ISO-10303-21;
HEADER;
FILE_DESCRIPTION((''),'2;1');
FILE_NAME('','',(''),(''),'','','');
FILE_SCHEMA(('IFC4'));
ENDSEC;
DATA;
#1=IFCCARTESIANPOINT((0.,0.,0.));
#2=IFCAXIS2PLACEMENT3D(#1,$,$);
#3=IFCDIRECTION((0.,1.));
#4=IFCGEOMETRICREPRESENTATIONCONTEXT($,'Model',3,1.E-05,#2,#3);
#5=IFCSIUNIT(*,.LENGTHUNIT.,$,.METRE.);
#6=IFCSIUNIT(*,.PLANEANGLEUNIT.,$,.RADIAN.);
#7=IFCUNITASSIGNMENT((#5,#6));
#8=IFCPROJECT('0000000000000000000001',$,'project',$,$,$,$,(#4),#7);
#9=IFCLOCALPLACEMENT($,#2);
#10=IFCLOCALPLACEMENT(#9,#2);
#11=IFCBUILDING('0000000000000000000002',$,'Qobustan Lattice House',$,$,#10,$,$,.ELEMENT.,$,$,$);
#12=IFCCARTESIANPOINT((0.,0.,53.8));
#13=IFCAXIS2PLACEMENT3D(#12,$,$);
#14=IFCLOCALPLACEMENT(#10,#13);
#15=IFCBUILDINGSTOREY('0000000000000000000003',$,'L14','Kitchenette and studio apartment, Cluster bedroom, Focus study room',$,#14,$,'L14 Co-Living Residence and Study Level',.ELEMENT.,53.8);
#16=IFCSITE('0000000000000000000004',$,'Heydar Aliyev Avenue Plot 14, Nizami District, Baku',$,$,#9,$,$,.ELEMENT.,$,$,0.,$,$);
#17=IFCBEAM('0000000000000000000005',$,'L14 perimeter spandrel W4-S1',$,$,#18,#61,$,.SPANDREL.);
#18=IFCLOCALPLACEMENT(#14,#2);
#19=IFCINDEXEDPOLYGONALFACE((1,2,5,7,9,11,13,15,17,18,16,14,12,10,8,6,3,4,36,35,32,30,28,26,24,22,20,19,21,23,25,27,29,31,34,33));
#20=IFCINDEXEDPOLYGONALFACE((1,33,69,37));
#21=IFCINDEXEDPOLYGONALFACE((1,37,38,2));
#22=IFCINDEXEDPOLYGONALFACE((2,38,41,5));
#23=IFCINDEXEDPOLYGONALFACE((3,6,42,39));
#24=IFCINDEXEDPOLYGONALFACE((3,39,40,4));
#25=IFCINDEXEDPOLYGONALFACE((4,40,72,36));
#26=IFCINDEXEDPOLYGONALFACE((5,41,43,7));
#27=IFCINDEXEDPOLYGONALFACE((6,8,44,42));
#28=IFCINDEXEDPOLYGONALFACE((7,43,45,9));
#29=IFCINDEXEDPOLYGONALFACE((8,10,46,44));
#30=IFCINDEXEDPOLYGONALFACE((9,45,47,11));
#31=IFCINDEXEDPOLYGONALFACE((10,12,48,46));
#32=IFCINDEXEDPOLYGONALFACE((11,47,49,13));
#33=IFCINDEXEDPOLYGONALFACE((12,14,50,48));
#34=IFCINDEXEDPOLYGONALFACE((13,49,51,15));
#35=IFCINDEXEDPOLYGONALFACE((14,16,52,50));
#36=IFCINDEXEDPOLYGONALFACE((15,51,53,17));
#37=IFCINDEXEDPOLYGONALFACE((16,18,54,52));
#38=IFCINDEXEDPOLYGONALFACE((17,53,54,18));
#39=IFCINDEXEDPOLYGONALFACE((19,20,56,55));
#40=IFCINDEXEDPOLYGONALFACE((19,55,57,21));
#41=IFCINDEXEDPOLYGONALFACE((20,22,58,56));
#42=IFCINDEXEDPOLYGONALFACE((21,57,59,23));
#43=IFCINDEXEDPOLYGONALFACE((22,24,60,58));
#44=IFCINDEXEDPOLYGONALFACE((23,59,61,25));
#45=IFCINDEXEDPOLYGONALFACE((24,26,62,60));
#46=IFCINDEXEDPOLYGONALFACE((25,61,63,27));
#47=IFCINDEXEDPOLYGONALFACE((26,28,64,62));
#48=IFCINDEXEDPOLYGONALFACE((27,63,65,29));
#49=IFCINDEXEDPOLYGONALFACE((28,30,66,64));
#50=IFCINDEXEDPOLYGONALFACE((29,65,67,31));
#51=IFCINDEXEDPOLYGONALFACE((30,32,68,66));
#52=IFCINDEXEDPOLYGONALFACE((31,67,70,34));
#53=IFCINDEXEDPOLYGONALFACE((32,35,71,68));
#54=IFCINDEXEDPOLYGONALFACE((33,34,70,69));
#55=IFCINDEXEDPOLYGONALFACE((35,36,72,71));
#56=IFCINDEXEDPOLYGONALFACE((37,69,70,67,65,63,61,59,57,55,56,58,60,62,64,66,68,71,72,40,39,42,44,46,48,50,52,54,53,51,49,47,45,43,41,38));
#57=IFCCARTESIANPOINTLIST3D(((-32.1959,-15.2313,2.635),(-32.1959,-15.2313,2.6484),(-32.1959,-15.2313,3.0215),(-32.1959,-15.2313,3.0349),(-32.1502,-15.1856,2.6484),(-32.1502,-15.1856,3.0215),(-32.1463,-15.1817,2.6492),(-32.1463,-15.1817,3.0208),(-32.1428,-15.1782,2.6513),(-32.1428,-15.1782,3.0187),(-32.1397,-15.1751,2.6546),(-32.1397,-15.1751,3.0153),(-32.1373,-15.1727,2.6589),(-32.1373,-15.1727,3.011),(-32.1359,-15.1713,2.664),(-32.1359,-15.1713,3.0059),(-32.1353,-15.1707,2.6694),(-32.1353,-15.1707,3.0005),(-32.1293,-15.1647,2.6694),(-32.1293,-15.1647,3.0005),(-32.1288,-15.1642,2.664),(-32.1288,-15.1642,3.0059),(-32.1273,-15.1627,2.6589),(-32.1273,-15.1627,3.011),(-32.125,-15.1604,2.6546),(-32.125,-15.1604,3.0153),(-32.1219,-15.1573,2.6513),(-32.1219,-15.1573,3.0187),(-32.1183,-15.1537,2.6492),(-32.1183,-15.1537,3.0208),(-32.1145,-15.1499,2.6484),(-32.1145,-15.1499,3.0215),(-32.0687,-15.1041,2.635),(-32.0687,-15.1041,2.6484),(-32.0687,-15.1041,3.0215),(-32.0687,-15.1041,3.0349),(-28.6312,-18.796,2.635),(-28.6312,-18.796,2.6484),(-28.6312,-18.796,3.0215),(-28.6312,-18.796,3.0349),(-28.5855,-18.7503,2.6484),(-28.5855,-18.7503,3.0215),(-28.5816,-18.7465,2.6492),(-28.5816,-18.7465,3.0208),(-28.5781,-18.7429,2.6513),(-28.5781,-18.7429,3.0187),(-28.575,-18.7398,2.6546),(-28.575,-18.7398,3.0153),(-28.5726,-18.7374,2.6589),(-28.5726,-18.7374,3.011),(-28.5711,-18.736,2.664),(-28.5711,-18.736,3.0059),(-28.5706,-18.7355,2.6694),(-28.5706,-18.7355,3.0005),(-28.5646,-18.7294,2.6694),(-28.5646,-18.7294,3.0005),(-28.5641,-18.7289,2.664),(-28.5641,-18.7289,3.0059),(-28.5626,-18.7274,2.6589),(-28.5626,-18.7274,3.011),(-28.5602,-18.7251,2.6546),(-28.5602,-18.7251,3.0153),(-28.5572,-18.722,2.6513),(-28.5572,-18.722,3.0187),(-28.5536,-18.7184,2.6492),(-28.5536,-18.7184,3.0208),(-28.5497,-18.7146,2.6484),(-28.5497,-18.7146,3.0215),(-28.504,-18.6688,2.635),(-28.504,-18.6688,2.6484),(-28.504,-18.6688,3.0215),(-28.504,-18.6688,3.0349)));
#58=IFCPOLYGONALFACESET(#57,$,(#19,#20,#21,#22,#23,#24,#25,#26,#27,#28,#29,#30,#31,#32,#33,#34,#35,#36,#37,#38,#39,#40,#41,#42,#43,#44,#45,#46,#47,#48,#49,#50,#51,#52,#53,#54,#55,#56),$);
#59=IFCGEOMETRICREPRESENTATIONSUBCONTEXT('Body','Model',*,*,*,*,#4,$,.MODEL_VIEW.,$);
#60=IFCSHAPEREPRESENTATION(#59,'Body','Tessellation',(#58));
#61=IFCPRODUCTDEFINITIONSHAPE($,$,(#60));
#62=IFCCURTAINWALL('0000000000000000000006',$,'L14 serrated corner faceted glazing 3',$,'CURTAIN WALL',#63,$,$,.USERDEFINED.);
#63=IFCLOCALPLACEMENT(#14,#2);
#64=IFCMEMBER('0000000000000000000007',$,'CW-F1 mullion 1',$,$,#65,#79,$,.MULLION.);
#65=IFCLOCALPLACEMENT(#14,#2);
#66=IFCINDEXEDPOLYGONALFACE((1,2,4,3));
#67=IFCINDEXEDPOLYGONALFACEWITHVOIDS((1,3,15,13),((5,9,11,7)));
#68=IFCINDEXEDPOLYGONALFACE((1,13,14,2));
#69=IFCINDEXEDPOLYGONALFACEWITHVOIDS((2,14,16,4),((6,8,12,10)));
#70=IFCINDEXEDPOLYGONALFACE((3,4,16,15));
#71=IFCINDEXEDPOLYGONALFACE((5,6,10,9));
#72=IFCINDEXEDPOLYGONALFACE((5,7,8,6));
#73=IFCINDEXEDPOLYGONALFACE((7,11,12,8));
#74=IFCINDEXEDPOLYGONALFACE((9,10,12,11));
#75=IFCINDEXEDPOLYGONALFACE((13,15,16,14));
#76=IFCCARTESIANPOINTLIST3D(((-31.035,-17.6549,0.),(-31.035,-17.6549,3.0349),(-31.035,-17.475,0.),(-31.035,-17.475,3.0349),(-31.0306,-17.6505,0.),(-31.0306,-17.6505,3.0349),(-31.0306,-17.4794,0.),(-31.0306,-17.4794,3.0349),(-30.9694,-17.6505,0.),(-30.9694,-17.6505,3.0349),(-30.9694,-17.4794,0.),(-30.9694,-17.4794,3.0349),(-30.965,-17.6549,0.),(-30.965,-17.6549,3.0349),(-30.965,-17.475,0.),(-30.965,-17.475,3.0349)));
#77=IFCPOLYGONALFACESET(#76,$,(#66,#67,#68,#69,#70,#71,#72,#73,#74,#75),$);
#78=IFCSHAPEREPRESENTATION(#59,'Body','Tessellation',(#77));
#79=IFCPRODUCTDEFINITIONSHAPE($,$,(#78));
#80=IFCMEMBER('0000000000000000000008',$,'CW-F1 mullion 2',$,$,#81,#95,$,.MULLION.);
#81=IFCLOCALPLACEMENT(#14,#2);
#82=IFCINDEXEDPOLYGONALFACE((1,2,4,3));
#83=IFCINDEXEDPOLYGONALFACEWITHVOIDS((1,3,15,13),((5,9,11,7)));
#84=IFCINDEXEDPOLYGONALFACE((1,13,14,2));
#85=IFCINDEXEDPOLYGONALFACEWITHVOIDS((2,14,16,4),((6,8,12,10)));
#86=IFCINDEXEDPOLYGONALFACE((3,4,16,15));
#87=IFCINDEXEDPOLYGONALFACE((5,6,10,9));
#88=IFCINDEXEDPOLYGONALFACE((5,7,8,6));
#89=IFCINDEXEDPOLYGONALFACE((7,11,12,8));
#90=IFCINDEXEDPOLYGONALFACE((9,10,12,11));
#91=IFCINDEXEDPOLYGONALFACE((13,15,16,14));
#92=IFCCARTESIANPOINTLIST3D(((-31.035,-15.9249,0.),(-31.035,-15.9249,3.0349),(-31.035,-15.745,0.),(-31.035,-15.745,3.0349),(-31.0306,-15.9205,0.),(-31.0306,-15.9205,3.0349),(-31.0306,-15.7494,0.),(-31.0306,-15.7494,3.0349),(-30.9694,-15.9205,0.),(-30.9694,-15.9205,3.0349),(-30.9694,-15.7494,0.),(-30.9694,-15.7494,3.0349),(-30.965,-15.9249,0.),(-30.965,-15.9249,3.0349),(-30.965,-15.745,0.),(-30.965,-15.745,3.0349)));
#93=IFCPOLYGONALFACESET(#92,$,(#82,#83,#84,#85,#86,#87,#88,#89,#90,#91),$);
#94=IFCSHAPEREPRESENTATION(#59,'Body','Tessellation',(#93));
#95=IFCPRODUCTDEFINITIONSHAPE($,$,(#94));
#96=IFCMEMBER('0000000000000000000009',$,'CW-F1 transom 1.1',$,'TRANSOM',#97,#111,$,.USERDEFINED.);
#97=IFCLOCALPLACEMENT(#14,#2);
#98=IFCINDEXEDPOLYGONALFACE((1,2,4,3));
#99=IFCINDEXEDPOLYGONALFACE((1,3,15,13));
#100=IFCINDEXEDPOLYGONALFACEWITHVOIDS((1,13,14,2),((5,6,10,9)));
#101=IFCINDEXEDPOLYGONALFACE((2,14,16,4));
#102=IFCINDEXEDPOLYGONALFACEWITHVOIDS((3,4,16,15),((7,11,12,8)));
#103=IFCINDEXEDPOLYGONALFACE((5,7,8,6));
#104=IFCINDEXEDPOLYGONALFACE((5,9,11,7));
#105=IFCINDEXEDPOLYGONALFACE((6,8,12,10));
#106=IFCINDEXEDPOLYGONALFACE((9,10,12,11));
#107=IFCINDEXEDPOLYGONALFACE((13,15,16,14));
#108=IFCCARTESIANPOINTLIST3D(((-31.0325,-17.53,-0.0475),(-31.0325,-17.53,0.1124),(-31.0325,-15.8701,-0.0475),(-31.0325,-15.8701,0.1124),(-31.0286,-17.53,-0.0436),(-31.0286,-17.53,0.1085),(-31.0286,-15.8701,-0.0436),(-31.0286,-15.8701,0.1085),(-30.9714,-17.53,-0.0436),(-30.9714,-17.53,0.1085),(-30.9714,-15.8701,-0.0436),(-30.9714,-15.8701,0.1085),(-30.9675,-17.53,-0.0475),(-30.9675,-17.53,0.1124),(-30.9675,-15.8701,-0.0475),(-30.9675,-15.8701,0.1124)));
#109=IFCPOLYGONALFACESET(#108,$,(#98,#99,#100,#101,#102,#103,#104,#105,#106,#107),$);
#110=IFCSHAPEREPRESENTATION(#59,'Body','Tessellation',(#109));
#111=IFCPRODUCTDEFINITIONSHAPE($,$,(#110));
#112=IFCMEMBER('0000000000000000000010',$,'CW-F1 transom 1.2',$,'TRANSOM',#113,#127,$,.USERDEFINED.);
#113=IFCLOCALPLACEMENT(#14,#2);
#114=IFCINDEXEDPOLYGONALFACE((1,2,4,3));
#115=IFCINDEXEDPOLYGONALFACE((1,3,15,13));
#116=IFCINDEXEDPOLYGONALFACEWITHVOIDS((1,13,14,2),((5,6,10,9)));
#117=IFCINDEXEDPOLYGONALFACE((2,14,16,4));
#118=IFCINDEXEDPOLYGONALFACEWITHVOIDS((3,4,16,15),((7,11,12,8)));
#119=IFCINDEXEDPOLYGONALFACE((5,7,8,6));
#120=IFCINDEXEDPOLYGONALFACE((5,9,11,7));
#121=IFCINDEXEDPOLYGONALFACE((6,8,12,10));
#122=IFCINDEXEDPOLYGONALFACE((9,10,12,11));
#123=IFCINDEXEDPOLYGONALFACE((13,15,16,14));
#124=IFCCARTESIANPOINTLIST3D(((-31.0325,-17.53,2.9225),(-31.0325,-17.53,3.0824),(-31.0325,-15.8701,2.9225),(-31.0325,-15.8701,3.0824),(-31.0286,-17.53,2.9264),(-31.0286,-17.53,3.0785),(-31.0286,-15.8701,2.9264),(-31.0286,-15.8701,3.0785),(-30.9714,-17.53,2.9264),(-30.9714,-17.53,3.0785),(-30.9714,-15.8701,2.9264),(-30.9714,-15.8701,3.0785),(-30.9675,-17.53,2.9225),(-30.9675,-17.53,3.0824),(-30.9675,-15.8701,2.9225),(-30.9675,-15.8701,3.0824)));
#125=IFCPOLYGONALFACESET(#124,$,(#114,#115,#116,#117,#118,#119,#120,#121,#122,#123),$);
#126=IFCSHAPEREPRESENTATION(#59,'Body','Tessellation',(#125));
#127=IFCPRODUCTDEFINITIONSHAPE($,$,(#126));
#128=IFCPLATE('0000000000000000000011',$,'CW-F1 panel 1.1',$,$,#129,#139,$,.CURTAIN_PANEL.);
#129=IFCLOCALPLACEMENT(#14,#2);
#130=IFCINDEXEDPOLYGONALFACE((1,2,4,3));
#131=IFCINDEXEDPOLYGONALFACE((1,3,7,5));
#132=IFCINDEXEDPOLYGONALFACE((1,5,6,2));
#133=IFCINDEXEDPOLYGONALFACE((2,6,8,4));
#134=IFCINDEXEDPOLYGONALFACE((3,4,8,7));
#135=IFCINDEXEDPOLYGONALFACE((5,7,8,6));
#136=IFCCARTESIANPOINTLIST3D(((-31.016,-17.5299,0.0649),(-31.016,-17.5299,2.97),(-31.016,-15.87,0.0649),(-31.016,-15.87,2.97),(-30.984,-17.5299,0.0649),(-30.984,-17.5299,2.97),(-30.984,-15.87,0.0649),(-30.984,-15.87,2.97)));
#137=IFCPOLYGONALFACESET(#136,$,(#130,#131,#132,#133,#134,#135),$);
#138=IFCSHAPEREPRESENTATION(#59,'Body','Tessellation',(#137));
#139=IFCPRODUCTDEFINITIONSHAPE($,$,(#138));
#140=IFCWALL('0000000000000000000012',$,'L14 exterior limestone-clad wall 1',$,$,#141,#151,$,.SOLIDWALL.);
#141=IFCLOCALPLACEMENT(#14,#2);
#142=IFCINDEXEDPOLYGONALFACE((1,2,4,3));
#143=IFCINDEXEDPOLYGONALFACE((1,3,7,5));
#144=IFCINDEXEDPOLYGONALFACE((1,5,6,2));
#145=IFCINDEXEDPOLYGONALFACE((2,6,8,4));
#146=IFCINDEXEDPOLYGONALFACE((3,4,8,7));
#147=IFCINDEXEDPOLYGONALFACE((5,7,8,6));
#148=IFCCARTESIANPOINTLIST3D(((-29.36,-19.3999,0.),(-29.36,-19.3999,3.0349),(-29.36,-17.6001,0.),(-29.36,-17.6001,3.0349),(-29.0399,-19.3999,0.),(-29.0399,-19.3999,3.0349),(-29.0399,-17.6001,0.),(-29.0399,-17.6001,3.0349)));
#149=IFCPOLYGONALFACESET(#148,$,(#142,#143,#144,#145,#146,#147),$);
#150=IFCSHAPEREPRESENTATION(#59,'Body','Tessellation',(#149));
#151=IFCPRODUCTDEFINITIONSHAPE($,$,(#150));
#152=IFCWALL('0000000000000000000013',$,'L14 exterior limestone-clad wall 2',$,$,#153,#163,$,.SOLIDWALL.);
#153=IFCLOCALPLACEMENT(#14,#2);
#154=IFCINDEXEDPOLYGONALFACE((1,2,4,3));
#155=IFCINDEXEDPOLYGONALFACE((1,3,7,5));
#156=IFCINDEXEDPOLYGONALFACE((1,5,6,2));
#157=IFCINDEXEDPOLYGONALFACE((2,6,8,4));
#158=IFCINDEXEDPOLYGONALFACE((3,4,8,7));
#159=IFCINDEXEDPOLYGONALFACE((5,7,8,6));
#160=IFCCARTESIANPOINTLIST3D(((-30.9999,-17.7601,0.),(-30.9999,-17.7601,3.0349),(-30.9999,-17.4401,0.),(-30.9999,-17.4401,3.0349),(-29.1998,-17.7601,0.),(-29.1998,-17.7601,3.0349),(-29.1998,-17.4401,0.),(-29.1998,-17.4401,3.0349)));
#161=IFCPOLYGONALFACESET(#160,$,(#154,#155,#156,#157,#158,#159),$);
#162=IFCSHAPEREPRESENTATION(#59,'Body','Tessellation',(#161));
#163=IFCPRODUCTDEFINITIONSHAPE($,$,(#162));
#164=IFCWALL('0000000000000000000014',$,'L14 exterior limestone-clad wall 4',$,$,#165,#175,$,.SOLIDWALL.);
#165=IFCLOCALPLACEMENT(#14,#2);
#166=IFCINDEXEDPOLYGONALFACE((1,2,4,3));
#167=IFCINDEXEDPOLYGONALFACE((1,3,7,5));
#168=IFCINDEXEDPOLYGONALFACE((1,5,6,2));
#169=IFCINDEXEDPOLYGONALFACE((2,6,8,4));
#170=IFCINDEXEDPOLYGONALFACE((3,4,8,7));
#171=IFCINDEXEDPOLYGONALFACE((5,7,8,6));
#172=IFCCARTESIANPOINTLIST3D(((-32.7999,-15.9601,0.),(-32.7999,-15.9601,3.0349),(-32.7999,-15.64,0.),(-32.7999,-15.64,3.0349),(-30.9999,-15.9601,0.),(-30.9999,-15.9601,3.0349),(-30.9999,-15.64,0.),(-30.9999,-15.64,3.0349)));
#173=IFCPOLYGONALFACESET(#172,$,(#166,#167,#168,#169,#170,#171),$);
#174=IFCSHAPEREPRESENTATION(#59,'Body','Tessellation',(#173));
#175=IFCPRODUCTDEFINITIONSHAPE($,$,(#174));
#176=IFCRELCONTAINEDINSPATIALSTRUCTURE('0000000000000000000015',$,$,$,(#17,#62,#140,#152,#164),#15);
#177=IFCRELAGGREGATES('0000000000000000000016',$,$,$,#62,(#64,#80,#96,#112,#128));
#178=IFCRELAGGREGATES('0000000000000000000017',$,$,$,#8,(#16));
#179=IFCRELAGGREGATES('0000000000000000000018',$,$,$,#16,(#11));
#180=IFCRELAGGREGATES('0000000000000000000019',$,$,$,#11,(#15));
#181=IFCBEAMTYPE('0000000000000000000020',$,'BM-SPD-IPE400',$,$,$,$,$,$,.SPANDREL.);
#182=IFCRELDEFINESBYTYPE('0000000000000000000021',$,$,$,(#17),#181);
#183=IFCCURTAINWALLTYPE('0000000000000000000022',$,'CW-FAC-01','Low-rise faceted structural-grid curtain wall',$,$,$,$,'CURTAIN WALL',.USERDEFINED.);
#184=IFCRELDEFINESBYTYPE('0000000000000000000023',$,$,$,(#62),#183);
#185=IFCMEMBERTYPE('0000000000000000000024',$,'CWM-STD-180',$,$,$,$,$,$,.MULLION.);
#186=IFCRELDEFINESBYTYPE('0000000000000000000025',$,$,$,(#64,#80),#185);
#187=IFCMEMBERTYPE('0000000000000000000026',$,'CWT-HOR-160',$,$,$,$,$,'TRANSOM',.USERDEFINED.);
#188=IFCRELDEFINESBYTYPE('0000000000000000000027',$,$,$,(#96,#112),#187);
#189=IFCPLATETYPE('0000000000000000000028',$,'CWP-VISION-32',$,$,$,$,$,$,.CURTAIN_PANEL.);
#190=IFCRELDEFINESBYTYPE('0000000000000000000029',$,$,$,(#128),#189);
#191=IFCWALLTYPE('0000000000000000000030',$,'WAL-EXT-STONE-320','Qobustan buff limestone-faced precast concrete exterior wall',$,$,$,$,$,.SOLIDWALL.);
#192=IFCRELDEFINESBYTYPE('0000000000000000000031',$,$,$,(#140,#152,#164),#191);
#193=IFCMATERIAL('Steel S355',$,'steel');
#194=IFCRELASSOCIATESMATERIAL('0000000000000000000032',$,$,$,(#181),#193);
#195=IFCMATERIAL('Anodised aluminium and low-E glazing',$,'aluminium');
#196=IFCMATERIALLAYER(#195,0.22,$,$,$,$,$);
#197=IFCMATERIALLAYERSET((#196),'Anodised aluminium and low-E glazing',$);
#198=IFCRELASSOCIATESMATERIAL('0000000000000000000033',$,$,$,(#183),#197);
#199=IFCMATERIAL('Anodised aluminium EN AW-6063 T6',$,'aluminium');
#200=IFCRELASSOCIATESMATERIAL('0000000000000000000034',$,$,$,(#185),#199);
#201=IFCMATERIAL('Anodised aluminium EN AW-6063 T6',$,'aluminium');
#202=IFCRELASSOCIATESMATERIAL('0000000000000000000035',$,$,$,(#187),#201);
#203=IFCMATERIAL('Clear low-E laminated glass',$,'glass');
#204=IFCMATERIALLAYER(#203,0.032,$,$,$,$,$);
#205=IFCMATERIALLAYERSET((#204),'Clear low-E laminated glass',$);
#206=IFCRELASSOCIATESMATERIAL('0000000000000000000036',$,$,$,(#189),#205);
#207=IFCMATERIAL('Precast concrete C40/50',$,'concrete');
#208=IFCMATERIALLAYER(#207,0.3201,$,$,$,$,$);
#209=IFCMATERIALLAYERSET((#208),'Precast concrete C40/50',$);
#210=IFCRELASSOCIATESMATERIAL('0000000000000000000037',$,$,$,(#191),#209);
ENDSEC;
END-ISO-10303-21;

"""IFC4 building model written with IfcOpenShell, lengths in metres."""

from ifc_helpers import new_model, si_unit, direction, frame, frame_2d, origin, origin_2d, place, context, subcontext, project, spatial, rectangle, hollow_rectangle, i_section, extrude, material, layer, layer_set, material_profile, profile_set, type_object, element, aggregate, save


model = new_model("IFC4")

# Units and contexts
model_context = context("Model", 3, precision=1e-05, world=origin(), true_north=direction((0.0, 1.0)))
body_context = subcontext(model_context, "Body", "Model", "MODEL_VIEW")
ifc_project = project(units=[si_unit("LENGTHUNIT", "METRE"), si_unit("PLANEANGLEUNIT", "RADIAN")], contexts=[model_context])

# Site, building, storey
site_placement = place(None, origin())
site = spatial("IfcSite", under=ifc_project, at=site_placement, Name="Heydar Aliyev Avenue Plot 14, Nizami District, Baku", CompositionType="ELEMENT", RefElevation=0.0)
building_placement = place(site_placement, origin())
building = spatial("IfcBuilding", under=site, at=building_placement, Name="Qobustan Lattice House", CompositionType="ELEMENT")
storey_placement = place(building_placement, frame((0.0, 0.0, 53.8)))
storey = spatial("IfcBuildingStorey", under=building, at=storey_placement, Name="L14", Description="Kitchenette and studio apartment, Cluster bedroom, Focus study room", LongName="L14 Co-Living Residence and Study Level", CompositionType="ELEMENT", Elevation=53.8)

# Beam
ifc_material_1 = material(Name="Steel S355", Category="steel")
ifc_material_profile_1 = material_profile(ifc_material_1, i_section(OverallWidth=0.1799, OverallDepth=0.3999, WebThickness=0.0085, FlangeThickness=0.0134, FilletRadius=0.021, at=origin_2d()), Name="IPE400")
ifc_profile_set_1 = profile_set([ifc_material_profile_1], Name="Steel S355")
beam_type_1 = type_object("IfcBeamType", Name="BM-SPD-IPE400", PredefinedType="SPANDREL", material=ifc_profile_set_1)
beam_1_placement = place(storey_placement, frame((-32.1323, -15.1677, 2.835), z_axis=(0.707107, -0.707107, 0.0), x_axis=(0.707107, 0.707107, 0.0)))
element("IfcBeam", 1, at=beam_1_placement, inside=storey, type_object=beam_type_1, Name="L14 perimeter spandrel W4-S1", PredefinedType="SPANDREL", context=body_context, shape_type="SweptSolid", body=[
    extrude(i_section(OverallWidth=0.1799, OverallDepth=0.3999, WebThickness=0.0085, FlangeThickness=0.0134, FilletRadius=0.021, at=origin_2d()), origin(), (0.0, 0.0, 1.0), 5.0413),
])

# Curtain wall, members, plate
ifc_material_2 = material(Name="Anodised aluminium and low-E glazing", Category="aluminium")
ifc_layer_1 = layer(ifc_material_2, 0.22)
ifc_layer_set_1 = layer_set([ifc_layer_1], Name="Anodised aluminium and low-E glazing")
curtain_wall_type = type_object("IfcCurtainWallType", Name="CW-FAC-01", Description="Low-rise faceted structural-grid curtain wall", ElementType="CURTAIN WALL", PredefinedType="USERDEFINED", material=ifc_layer_set_1)
curtain_wall_placement = place(storey_placement, origin())
curtain_wall = element("IfcCurtainWall", 2, at=curtain_wall_placement, inside=storey, type_object=curtain_wall_type, Name="L14 serrated corner faceted glazing 3", ObjectType="CURTAIN WALL", PredefinedType="USERDEFINED")
ifc_material_3 = material(Name="Anodised aluminium EN AW-6063 T6", Category="aluminium")
ifc_material_profile_2 = material_profile(ifc_material_3, hollow_rectangle(XDim=0.0701, YDim=0.1799, WallThickness=0.0044, at=origin_2d()), Name="CWM-180x70")
ifc_profile_set_2 = profile_set([ifc_material_profile_2], Name="Anodised aluminium EN AW-6063 T6")
member_type_1 = type_object("IfcMemberType", Name="CWM-STD-180", PredefinedType="MULLION", material=ifc_profile_set_2)
member_1_placement = place(storey_placement, frame((-31.0, -17.5649, 0.0), z_axis=(0.0, 0.0, 1.0), x_axis=(-1.0, 0.0, 0.0)))
member_1 = element("IfcMember", 3, at=member_1_placement, type_object=member_type_1, Name="CW-F1 mullion 1", PredefinedType="MULLION", context=body_context, shape_type="SweptSolid", body=[
    extrude(hollow_rectangle(XDim=0.0701, YDim=0.1799, WallThickness=0.0044, at=origin_2d()), origin(), (0.0, 0.0, 1.0), 3.0349),
])
member_2_placement = place(storey_placement, frame((-31.0, -15.835, 0.0), z_axis=(0.0, 0.0, 1.0), x_axis=(-1.0, 0.0, 0.0)))
member_2 = element("IfcMember", 4, at=member_2_placement, type_object=member_type_1, Name="CW-F1 mullion 2", PredefinedType="MULLION", context=body_context, shape_type="SweptSolid", body=[
    extrude(hollow_rectangle(XDim=0.0701, YDim=0.1799, WallThickness=0.0044, at=origin_2d()), origin(), (0.0, 0.0, 1.0), 3.0349),
])
ifc_material_4 = material(Name="Anodised aluminium EN AW-6063 T6", Category="aluminium")
ifc_material_profile_3 = material_profile(ifc_material_4, hollow_rectangle(XDim=0.0649, YDim=0.1599, WallThickness=0.0039, at=origin_2d()), Name="CWT-160x65")
ifc_profile_set_3 = profile_set([ifc_material_profile_3], Name="Anodised aluminium EN AW-6063 T6")
member_type_2 = type_object("IfcMemberType", Name="CWT-HOR-160", ElementType="TRANSOM", PredefinedType="USERDEFINED", material=ifc_profile_set_3)
member_3_placement = place(storey_placement, frame((-31.0, -17.53, 0.0325), z_axis=(0.0, 1.0, 0.0), x_axis=(-1.0, 0.0, 0.0)))
member_3 = element("IfcMember", 5, at=member_3_placement, type_object=member_type_2, Name="CW-F1 transom 1.1", ObjectType="TRANSOM", PredefinedType="USERDEFINED", context=body_context, shape_type="SweptSolid", body=[
    extrude(hollow_rectangle(XDim=0.0649, YDim=0.1599, WallThickness=0.0039, at=origin_2d()), origin(), (0.0, 0.0, 1.0), 1.6599),
])
member_4_placement = place(storey_placement, frame((-31.0, -17.53, 3.0024), z_axis=(0.0, 1.0, 0.0), x_axis=(-1.0, 0.0, 0.0)))
member_4 = element("IfcMember", 6, at=member_4_placement, type_object=member_type_2, Name="CW-F1 transom 1.2", ObjectType="TRANSOM", PredefinedType="USERDEFINED", context=body_context, shape_type="SweptSolid", body=[
    extrude(hollow_rectangle(XDim=0.0649, YDim=0.1599, WallThickness=0.0039, at=origin_2d()), origin(), (0.0, 0.0, 1.0), 1.6599),
])
ifc_material_5 = material(Name="Clear low-E laminated glass", Category="glass")
ifc_layer_2 = layer(ifc_material_5, 0.032)
ifc_layer_set_2 = layer_set([ifc_layer_2], Name="Clear low-E laminated glass")
plate_type = type_object("IfcPlateType", Name="CWP-VISION-32", PredefinedType="CURTAIN_PANEL", material=ifc_layer_set_2)
plate_placement = place(storey_placement, frame((-31.0, -16.7, 0.0649), z_axis=(0.0, 0.0, 1.0), x_axis=(0.0, 1.0, 0.0)))
plate = element("IfcPlate", 7, at=plate_placement, type_object=plate_type, Name="CW-F1 panel 1.1", PredefinedType="CURTAIN_PANEL", context=body_context, shape_type="SweptSolid", body=[
    extrude(rectangle(XDim=1.6599, YDim=0.032, at=origin_2d()), origin(), (0.0, 0.0, 1.0), 2.905),
])
aggregate(curtain_wall, [member_1, member_2, member_3, member_4, plate])

# Walls
ifc_material_6 = material(Name="Precast concrete C40/50", Category="concrete")
ifc_layer_3 = layer(ifc_material_6, 0.3201)
ifc_layer_set_3 = layer_set([ifc_layer_3], Name="Precast concrete C40/50")
wall_type_1 = type_object("IfcWallType", Name="WAL-EXT-STONE-320", Description="Qobustan buff limestone-faced precast concrete exterior wall", PredefinedType="SOLIDWALL", material=ifc_layer_set_3)
wall_1_placement = place(storey_placement, frame((-29.2, -19.3999, 0.0), z_axis=(0.0, 0.0, 1.0), x_axis=(0.0, 1.0, 0.0)))
element("IfcWall", 8, at=wall_1_placement, inside=storey, type_object=wall_type_1, Name="L14 exterior limestone-clad wall 1", PredefinedType="SOLIDWALL", context=body_context, shape_type="SweptSolid", body=[
    extrude(rectangle(XDim=1.7998, YDim=0.3201, at=frame_2d((0.8999, 0.0))), origin(), (0.0, 0.0, 1.0), 3.0349),
])
for number, where, z_axis, x_axis, name in (
    (9, (-29.2, -17.6001, 0.0), (0.0, 0.0, 1.0), (-1.0, 0.0, 0.0), "L14 exterior limestone-clad wall 2"),
    (10, (-31.0, -15.8, 0.0), (0.0, 0.0, 1.0), (-1.0, 0.0, 0.0), "L14 exterior limestone-clad wall 4"),
):
    element("IfcWall", number, at=place(storey_placement, frame(where, z_axis=z_axis, x_axis=x_axis)), inside=storey, type_object=wall_type_1, Name=name, PredefinedType="SOLIDWALL", context=body_context, shape_type="SweptSolid", body=[
        extrude(rectangle(XDim=1.8, YDim=0.3201, at=frame_2d((0.8999, 0.0))), origin(), (0.0, 0.0, 1.0), 3.0349),
    ])

save(model, "model.ifc")
